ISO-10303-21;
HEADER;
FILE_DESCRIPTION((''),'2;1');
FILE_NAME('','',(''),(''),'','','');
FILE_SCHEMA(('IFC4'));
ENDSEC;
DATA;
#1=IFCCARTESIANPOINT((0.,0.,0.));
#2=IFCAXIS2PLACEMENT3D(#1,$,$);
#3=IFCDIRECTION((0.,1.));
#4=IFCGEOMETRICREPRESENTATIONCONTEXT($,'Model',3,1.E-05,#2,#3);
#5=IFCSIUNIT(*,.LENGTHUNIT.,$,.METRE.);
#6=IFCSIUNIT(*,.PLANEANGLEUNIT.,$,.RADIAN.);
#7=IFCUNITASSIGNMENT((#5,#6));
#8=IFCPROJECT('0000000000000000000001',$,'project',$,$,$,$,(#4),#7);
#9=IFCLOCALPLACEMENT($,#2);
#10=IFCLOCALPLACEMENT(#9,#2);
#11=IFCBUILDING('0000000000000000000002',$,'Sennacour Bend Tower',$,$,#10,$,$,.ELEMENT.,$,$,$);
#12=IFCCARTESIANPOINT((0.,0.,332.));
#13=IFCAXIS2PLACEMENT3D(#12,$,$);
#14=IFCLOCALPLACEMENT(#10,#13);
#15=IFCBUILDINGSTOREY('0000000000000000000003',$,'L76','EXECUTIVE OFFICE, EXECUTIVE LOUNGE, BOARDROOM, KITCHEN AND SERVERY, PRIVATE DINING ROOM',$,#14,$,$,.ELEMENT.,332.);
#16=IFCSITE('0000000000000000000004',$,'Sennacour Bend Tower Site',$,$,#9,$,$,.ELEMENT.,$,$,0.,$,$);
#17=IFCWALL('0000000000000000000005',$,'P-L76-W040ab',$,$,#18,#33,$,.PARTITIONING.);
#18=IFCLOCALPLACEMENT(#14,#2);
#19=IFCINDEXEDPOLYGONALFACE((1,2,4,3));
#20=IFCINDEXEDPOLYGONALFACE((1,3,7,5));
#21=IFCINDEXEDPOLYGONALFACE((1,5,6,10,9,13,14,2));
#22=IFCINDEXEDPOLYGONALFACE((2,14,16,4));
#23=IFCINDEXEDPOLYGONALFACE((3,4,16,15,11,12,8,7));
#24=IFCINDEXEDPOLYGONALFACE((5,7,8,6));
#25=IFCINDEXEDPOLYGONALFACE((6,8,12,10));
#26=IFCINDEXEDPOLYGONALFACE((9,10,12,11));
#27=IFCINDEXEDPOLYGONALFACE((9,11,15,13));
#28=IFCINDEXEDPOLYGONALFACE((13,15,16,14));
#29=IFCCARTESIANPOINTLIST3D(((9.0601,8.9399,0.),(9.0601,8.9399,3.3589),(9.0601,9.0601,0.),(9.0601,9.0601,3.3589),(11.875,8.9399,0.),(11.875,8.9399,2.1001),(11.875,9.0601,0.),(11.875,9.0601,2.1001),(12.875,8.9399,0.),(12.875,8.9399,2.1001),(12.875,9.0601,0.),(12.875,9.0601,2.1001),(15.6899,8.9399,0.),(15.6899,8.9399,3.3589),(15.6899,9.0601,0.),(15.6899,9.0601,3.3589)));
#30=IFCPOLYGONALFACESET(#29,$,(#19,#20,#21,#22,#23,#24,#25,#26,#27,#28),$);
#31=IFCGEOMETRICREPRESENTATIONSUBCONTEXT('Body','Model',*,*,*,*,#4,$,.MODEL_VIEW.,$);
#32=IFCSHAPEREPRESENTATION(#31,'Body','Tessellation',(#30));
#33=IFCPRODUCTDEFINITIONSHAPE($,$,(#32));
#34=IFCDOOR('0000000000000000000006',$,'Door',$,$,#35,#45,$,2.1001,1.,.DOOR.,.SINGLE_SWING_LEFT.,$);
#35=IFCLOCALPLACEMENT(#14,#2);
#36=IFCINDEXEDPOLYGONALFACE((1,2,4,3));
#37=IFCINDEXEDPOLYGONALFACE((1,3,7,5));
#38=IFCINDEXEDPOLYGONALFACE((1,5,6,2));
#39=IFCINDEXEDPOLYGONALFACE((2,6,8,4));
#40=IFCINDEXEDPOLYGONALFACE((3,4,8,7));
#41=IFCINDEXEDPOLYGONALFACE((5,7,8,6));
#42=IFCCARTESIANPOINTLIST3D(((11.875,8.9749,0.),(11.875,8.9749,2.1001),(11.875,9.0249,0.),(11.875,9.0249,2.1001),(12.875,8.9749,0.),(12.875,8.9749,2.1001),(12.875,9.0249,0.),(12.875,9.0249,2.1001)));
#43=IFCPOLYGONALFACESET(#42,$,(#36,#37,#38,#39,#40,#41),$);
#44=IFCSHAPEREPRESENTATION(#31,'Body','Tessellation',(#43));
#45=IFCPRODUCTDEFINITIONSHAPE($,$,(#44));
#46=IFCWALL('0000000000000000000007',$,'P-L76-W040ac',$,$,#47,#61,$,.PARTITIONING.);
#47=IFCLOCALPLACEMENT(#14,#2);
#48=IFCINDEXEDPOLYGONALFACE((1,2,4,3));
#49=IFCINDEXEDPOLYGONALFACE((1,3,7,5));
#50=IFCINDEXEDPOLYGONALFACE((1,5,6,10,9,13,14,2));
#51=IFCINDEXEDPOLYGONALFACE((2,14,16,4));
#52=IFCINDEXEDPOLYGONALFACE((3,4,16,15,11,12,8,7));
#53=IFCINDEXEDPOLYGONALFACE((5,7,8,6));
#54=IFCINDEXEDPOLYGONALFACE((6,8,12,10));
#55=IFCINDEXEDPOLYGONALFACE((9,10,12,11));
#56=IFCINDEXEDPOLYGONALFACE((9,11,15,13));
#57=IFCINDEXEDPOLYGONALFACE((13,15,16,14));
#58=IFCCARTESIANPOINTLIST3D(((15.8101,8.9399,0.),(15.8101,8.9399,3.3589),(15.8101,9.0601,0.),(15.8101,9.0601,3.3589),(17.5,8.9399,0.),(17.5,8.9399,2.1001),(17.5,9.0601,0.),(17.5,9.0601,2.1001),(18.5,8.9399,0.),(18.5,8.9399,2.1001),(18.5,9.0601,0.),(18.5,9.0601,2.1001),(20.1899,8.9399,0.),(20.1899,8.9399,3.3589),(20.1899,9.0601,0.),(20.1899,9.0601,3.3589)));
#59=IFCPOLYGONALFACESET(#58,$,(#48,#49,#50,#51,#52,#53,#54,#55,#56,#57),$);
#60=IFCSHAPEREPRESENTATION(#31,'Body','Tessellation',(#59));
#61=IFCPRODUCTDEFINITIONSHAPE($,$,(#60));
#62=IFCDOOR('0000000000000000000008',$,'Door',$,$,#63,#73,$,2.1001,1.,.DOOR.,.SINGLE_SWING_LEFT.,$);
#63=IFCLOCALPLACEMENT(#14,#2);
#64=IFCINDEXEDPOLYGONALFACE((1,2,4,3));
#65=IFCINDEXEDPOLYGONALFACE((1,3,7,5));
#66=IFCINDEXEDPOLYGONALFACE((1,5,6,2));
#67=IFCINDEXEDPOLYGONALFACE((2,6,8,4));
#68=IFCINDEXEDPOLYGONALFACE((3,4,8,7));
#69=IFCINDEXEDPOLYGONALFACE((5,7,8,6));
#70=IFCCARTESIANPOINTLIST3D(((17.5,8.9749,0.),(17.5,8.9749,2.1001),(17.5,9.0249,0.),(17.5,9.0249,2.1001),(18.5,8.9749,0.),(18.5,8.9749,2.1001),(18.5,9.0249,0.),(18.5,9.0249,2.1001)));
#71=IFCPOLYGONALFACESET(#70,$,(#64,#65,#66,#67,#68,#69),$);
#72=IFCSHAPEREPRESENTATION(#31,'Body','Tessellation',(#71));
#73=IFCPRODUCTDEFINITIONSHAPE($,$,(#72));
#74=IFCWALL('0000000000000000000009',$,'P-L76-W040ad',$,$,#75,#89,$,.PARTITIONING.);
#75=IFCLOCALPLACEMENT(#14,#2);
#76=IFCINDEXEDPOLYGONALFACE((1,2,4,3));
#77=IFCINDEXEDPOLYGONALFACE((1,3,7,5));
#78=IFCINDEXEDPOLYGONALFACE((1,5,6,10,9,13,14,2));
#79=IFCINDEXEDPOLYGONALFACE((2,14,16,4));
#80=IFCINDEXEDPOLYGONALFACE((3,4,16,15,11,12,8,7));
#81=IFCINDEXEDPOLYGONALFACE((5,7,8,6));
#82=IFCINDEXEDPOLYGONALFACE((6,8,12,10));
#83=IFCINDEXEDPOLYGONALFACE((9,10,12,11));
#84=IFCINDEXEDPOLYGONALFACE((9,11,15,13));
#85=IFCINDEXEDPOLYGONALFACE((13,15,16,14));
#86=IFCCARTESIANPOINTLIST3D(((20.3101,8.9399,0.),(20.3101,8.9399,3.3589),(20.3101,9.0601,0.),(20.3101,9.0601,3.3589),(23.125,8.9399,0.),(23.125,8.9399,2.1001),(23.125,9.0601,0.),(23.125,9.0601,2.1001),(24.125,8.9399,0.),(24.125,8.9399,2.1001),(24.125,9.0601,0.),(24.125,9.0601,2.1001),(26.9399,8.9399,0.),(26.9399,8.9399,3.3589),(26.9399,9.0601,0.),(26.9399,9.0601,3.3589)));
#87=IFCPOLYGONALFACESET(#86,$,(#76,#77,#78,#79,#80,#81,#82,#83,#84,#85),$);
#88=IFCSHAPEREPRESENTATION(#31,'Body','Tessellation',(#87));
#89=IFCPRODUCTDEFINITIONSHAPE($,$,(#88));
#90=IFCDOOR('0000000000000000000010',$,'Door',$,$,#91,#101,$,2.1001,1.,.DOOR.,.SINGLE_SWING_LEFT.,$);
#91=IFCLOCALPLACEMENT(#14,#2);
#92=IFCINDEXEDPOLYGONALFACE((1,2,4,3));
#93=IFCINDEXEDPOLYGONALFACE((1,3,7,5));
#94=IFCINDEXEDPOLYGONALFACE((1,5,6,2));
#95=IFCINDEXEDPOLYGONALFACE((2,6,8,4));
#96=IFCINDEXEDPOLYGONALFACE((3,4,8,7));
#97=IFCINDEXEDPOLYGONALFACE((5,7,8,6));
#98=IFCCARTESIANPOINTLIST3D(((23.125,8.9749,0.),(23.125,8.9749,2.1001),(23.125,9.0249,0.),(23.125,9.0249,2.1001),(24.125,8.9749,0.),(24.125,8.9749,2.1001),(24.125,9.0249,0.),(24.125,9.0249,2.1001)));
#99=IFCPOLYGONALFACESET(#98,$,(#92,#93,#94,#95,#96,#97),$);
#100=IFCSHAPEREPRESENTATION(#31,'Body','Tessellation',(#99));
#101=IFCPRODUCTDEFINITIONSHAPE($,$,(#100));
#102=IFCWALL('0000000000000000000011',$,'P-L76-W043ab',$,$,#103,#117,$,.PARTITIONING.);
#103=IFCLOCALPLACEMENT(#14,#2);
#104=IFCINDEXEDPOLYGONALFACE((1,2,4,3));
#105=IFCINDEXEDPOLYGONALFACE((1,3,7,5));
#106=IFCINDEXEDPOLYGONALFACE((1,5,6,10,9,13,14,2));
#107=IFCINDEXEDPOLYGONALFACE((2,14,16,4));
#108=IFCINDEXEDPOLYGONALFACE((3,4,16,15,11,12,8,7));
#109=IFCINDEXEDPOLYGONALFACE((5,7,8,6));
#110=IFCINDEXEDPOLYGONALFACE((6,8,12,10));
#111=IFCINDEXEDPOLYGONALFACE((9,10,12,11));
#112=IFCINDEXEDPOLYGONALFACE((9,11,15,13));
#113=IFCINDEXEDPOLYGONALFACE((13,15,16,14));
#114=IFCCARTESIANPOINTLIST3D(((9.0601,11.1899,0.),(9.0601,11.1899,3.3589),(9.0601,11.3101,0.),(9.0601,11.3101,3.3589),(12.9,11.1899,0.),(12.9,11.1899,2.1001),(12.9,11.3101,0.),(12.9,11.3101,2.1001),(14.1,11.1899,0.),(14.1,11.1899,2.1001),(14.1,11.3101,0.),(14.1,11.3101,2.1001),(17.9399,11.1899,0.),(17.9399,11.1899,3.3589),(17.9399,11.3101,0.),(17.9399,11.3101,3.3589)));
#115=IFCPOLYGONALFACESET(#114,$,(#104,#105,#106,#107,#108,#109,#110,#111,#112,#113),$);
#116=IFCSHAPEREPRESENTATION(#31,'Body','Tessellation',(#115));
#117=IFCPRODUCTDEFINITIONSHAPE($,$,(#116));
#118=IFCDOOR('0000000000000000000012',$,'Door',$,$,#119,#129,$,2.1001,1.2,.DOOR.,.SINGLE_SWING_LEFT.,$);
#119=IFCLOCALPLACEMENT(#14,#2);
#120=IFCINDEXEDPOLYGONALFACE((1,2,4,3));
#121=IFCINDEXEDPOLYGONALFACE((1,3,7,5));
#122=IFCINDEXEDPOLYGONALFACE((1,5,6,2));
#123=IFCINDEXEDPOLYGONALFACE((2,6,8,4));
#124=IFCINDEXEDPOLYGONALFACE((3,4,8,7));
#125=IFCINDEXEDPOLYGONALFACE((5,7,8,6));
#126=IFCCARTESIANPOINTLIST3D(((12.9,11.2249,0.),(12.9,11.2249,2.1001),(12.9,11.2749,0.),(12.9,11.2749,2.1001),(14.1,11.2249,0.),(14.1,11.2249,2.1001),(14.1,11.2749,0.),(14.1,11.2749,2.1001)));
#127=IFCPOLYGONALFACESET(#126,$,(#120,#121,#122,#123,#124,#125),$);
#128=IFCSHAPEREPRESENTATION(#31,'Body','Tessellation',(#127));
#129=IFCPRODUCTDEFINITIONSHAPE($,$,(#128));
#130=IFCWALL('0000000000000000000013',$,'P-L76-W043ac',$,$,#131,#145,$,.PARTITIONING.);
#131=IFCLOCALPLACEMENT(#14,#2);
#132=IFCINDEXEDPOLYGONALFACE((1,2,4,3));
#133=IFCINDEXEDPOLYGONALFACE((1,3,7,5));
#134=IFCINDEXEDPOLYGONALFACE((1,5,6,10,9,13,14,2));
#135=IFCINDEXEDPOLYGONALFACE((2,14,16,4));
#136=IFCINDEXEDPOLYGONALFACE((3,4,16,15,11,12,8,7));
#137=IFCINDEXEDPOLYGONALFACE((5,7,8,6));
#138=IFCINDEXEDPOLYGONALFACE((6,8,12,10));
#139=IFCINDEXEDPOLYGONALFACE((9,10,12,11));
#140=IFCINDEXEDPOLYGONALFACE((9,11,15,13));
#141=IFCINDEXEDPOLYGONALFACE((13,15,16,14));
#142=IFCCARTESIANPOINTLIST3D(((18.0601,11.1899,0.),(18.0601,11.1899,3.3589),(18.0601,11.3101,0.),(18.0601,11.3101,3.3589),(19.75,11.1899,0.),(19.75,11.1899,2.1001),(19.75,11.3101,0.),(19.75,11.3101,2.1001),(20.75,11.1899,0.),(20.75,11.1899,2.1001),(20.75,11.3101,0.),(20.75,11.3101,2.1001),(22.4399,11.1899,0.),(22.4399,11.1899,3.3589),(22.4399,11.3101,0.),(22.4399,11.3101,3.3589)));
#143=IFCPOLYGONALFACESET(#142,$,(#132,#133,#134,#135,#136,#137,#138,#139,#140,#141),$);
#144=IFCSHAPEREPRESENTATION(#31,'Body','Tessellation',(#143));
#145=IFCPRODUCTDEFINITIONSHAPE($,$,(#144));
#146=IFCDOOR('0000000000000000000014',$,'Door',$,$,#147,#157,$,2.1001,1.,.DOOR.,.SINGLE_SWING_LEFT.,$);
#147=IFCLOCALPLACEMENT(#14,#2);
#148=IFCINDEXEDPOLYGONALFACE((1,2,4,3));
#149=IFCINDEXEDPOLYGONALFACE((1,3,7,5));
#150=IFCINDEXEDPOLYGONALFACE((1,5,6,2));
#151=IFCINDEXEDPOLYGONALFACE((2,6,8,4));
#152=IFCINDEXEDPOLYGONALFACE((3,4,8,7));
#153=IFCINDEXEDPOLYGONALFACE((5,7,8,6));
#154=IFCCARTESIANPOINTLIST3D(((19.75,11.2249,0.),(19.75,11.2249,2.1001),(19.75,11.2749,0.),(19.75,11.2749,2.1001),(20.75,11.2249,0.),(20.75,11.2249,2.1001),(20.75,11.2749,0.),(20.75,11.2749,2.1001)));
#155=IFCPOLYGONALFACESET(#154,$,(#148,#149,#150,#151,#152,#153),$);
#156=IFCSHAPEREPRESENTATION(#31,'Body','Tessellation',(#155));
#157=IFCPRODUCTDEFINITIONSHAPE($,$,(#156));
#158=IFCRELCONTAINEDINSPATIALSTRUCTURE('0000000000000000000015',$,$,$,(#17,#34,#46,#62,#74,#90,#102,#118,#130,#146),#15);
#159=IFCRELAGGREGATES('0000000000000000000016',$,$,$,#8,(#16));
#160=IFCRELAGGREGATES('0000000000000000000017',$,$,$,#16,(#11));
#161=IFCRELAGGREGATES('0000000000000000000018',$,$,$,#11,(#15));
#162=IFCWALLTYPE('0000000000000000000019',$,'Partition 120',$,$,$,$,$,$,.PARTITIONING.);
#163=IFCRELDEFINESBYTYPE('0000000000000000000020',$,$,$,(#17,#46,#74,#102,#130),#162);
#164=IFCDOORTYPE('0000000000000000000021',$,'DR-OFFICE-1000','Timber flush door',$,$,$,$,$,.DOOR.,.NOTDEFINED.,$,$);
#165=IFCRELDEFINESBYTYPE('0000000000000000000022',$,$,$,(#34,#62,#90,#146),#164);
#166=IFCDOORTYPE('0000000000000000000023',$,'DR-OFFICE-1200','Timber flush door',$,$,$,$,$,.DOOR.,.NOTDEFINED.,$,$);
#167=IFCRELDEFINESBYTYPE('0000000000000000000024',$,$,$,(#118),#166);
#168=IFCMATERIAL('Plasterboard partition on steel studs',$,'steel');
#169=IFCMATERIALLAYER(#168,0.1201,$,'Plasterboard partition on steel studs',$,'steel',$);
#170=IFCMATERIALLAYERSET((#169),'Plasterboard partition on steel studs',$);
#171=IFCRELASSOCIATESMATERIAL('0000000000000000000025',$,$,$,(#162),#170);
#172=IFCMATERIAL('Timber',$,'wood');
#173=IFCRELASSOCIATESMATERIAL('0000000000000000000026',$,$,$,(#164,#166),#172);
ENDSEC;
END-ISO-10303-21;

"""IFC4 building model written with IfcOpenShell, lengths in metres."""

from ifc_helpers import new_model, si_unit, direction, frame, frame_2d, origin, place, context, subcontext, project, spatial, rectangle, extrude, material, layer, layer_set, type_object, element, fill, save


model = new_model("IFC4")

# Units and contexts
model_context = context("Model", 3, precision=1e-05, world=origin(), true_north=direction((0.0, 1.0)))
body_context = subcontext(model_context, "Body", "Model", "MODEL_VIEW")
ifc_project = project(units=[si_unit("LENGTHUNIT", "METRE"), si_unit("PLANEANGLEUNIT", "RADIAN")], contexts=[model_context])

# Site, building, storey
site_placement = place(None, origin())
site = spatial("IfcSite", under=ifc_project, at=site_placement, Name="Sennacour Bend Tower Site", CompositionType="ELEMENT", RefElevation=0.0)
building_placement = place(site_placement, origin())
building = spatial("IfcBuilding", under=site, at=building_placement, Name="Sennacour Bend Tower", CompositionType="ELEMENT")
storey_placement = place(building_placement, frame((0.0, 0.0, 332.0)))
storey = spatial("IfcBuildingStorey", under=building, at=storey_placement, Name="L76", Description="EXECUTIVE OFFICE, EXECUTIVE LOUNGE, BOARDROOM, KITCHEN AND SERVERY, PRIVATE DINING ROOM", CompositionType="ELEMENT", Elevation=332.0)

# Shared definitions
ifc_material_1 = material(Name="Plasterboard partition on steel studs", Category="steel")
ifc_layer_1 = layer(ifc_material_1, 0.1201, Name="Plasterboard partition on steel studs", Category="steel")
ifc_layer_set_1 = layer_set([ifc_layer_1], Name="Plasterboard partition on steel studs")
wall_type = type_object("IfcWallType", Name="Partition 120", PredefinedType="PARTITIONING", material=ifc_layer_set_1)

# Walls, openings, doors
wall_1_placement = place(storey_placement, frame((9.0601, 9.0, 0.0), z_axis=(0.0, 0.0, 1.0), x_axis=(1.0, 0.0, 0.0)))
wall_1 = element("IfcWall", 1, at=wall_1_placement, inside=storey, type_object=wall_type, Name="P-L76-W040ab", PredefinedType="PARTITIONING", context=body_context, shape_type="SweptSolid", body=[
    extrude(rectangle(XDim=6.6299, YDim=0.1201, at=frame_2d((3.3149, 0.0))), origin(), (0.0, 0.0, 1.0), 3.3589),
])
opening_1_placement = place(wall_1_placement, frame((2.8149, 0.0, 0.0)))
opening_1 = element("IfcOpeningElement", 2, at=opening_1_placement, cuts=wall_1, PredefinedType="OPENING", context=body_context, shape_type="SweptSolid", body=[
    extrude(rectangle(XDim=1.0, YDim=2.1001, at=frame_2d((0.5, 1.05))), frame((0.0, 0.0701, 0.0), z_axis=(0.0, -1.0, 0.0), x_axis=(1.0, 0.0, 0.0)), (0.0, 0.0, 1.0), 0.1401),
])
ifc_material_2 = material(Name="Timber", Category="wood")
door_type_1 = type_object("IfcDoorType", Name="DR-OFFICE-1000", Description="Timber flush door", OperationType="NOTDEFINED", PredefinedType="DOOR", material=ifc_material_2)
door_1_placement = place(opening_1_placement, origin())
door_1 = element("IfcDoor", 3, at=door_1_placement, inside=storey, type_object=door_type_1, Name="Door", OperationType="SINGLE_SWING_LEFT", OverallHeight=2.1001, OverallWidth=1.0, PredefinedType="DOOR", context=body_context, shape_type="SweptSolid", body=[
    extrude(rectangle(XDim=1.0, YDim=2.1001, at=frame_2d((0.5, 1.05))), frame((0.0, 0.0249, 0.0), z_axis=(0.0, -1.0, 0.0), x_axis=(1.0, 0.0, 0.0)), (0.0, 0.0, 1.0), 0.05),
])
fill(opening_1, door_1)
wall_2_placement = place(storey_placement, frame((15.8101, 9.0, 0.0), z_axis=(0.0, 0.0, 1.0), x_axis=(1.0, 0.0, 0.0)))
wall_2 = element("IfcWall", 4, at=wall_2_placement, inside=storey, type_object=wall_type, Name="P-L76-W040ac", PredefinedType="PARTITIONING", context=body_context, shape_type="SweptSolid", body=[
    extrude(rectangle(XDim=4.3799, YDim=0.1201, at=frame_2d((2.1899, 0.0))), origin(), (0.0, 0.0, 1.0), 3.3589),
])
opening_2_placement = place(wall_2_placement, frame((1.6899, 0.0, 0.0)))
opening_2 = element("IfcOpeningElement", 5, at=opening_2_placement, cuts=wall_2, PredefinedType="OPENING", context=body_context, shape_type="SweptSolid", body=[
    extrude(rectangle(XDim=1.0, YDim=2.1001, at=frame_2d((0.5, 1.05))), frame((0.0, 0.0701, 0.0), z_axis=(0.0, -1.0, 0.0), x_axis=(1.0, 0.0, 0.0)), (0.0, 0.0, 1.0), 0.1401),
])
door_2_placement = place(opening_2_placement, origin())
door_2 = element("IfcDoor", 6, at=door_2_placement, inside=storey, type_object=door_type_1, Name="Door", OperationType="SINGLE_SWING_LEFT", OverallHeight=2.1001, OverallWidth=1.0, PredefinedType="DOOR", context=body_context, shape_type="SweptSolid", body=[
    extrude(rectangle(XDim=1.0, YDim=2.1001, at=frame_2d((0.5, 1.05))), frame((0.0, 0.0249, 0.0), z_axis=(0.0, -1.0, 0.0), x_axis=(1.0, 0.0, 0.0)), (0.0, 0.0, 1.0), 0.05),
])
fill(opening_2, door_2)
wall_3_placement = place(storey_placement, frame((20.3101, 9.0, 0.0), z_axis=(0.0, 0.0, 1.0), x_axis=(1.0, 0.0, 0.0)))
wall_3 = element("IfcWall", 7, at=wall_3_placement, inside=storey, type_object=wall_type, Name="P-L76-W040ad", PredefinedType="PARTITIONING", context=body_context, shape_type="SweptSolid", body=[
    extrude(rectangle(XDim=6.6299, YDim=0.1201, at=frame_2d((3.3149, 0.0))), origin(), (0.0, 0.0, 1.0), 3.3589),
])
opening_3_placement = place(wall_3_placement, frame((2.8149, 0.0, 0.0)))
opening_3 = element("IfcOpeningElement", 8, at=opening_3_placement, cuts=wall_3, PredefinedType="OPENING", context=body_context, shape_type="SweptSolid", body=[
    extrude(rectangle(XDim=1.0, YDim=2.1001, at=frame_2d((0.5, 1.05))), frame((0.0, 0.0701, 0.0), z_axis=(0.0, -1.0, 0.0), x_axis=(1.0, 0.0, 0.0)), (0.0, 0.0, 1.0), 0.1401),
])
door_3_placement = place(opening_3_placement, origin())
door_3 = element("IfcDoor", 9, at=door_3_placement, inside=storey, type_object=door_type_1, Name="Door", OperationType="SINGLE_SWING_LEFT", OverallHeight=2.1001, OverallWidth=1.0, PredefinedType="DOOR", context=body_context, shape_type="SweptSolid", body=[
    extrude(rectangle(XDim=1.0, YDim=2.1001, at=frame_2d((0.5, 1.05))), frame((0.0, 0.0249, 0.0), z_axis=(0.0, -1.0, 0.0), x_axis=(1.0, 0.0, 0.0)), (0.0, 0.0, 1.0), 0.05),
])
fill(opening_3, door_3)
wall_4_placement = place(storey_placement, frame((9.0601, 11.25, 0.0), z_axis=(0.0, 0.0, 1.0), x_axis=(1.0, 0.0, 0.0)))
wall_4 = element("IfcWall", 10, at=wall_4_placement, inside=storey, type_object=wall_type, Name="P-L76-W043ab", PredefinedType="PARTITIONING", context=body_context, shape_type="SweptSolid", body=[
    extrude(rectangle(XDim=8.8799, YDim=0.1201, at=frame_2d((4.4399, 0.0))), origin(), (0.0, 0.0, 1.0), 3.3589),
])
opening_4_placement = place(wall_4_placement, frame((3.8398, 0.0, 0.0)))
opening_4 = element("IfcOpeningElement", 11, at=opening_4_placement, cuts=wall_4, PredefinedType="OPENING", context=body_context, shape_type="SweptSolid", body=[
    extrude(rectangle(XDim=1.2, YDim=2.1001, at=frame_2d((0.6001, 1.05))), frame((0.0, 0.0701, 0.0), z_axis=(0.0, -1.0, 0.0), x_axis=(1.0, 0.0, 0.0)), (0.0, 0.0, 1.0), 0.1401),
])
door_type_2 = type_object("IfcDoorType", Name="DR-OFFICE-1200", Description="Timber flush door", OperationType="NOTDEFINED", PredefinedType="DOOR", material=ifc_material_2)
door_4_placement = place(opening_4_placement, origin())
door_4 = element("IfcDoor", 12, at=door_4_placement, inside=storey, type_object=door_type_2, Name="Door", OperationType="SINGLE_SWING_LEFT", OverallHeight=2.1001, OverallWidth=1.2, PredefinedType="DOOR", context=body_context, shape_type="SweptSolid", body=[
    extrude(rectangle(XDim=1.2, YDim=2.1001, at=frame_2d((0.6001, 1.05))), frame((0.0, 0.0249, 0.0), z_axis=(0.0, -1.0, 0.0), x_axis=(1.0, 0.0, 0.0)), (0.0, 0.0, 1.0), 0.05),
])
fill(opening_4, door_4)
wall_5_placement = place(storey_placement, frame((18.0601, 11.25, 0.0), z_axis=(0.0, 0.0, 1.0), x_axis=(1.0, 0.0, 0.0)))
wall_5 = element("IfcWall", 13, at=wall_5_placement, inside=storey, type_object=wall_type, Name="P-L76-W043ac", PredefinedType="PARTITIONING", context=body_context, shape_type="SweptSolid", body=[
    extrude(rectangle(XDim=4.3799, YDim=0.1201, at=frame_2d((2.1899, 0.0))), origin(), (0.0, 0.0, 1.0), 3.3589),
])
opening_5_placement = place(wall_5_placement, frame((1.6899, 0.0, 0.0)))
opening_5 = element("IfcOpeningElement", 14, at=opening_5_placement, cuts=wall_5, PredefinedType="OPENING", context=body_context, shape_type="SweptSolid", body=[
    extrude(rectangle(XDim=1.0, YDim=2.1001, at=frame_2d((0.5, 1.05))), frame((0.0, 0.0701, 0.0), z_axis=(0.0, -1.0, 0.0), x_axis=(1.0, 0.0, 0.0)), (0.0, 0.0, 1.0), 0.1401),
])
door_5_placement = place(opening_5_placement, origin())
door_5 = element("IfcDoor", 15, at=door_5_placement, inside=storey, type_object=door_type_1, Name="Door", OperationType="SINGLE_SWING_LEFT", OverallHeight=2.1001, OverallWidth=1.0, PredefinedType="DOOR", context=body_context, shape_type="SweptSolid", body=[
    extrude(rectangle(XDim=1.0, YDim=2.1001, at=frame_2d((0.5, 1.05))), frame((0.0, 0.0249, 0.0), z_axis=(0.0, -1.0, 0.0), x_axis=(1.0, 0.0, 0.0)), (0.0, 0.0, 1.0), 0.05),
])
fill(opening_5, door_5)

save(model, "model.ifc")
